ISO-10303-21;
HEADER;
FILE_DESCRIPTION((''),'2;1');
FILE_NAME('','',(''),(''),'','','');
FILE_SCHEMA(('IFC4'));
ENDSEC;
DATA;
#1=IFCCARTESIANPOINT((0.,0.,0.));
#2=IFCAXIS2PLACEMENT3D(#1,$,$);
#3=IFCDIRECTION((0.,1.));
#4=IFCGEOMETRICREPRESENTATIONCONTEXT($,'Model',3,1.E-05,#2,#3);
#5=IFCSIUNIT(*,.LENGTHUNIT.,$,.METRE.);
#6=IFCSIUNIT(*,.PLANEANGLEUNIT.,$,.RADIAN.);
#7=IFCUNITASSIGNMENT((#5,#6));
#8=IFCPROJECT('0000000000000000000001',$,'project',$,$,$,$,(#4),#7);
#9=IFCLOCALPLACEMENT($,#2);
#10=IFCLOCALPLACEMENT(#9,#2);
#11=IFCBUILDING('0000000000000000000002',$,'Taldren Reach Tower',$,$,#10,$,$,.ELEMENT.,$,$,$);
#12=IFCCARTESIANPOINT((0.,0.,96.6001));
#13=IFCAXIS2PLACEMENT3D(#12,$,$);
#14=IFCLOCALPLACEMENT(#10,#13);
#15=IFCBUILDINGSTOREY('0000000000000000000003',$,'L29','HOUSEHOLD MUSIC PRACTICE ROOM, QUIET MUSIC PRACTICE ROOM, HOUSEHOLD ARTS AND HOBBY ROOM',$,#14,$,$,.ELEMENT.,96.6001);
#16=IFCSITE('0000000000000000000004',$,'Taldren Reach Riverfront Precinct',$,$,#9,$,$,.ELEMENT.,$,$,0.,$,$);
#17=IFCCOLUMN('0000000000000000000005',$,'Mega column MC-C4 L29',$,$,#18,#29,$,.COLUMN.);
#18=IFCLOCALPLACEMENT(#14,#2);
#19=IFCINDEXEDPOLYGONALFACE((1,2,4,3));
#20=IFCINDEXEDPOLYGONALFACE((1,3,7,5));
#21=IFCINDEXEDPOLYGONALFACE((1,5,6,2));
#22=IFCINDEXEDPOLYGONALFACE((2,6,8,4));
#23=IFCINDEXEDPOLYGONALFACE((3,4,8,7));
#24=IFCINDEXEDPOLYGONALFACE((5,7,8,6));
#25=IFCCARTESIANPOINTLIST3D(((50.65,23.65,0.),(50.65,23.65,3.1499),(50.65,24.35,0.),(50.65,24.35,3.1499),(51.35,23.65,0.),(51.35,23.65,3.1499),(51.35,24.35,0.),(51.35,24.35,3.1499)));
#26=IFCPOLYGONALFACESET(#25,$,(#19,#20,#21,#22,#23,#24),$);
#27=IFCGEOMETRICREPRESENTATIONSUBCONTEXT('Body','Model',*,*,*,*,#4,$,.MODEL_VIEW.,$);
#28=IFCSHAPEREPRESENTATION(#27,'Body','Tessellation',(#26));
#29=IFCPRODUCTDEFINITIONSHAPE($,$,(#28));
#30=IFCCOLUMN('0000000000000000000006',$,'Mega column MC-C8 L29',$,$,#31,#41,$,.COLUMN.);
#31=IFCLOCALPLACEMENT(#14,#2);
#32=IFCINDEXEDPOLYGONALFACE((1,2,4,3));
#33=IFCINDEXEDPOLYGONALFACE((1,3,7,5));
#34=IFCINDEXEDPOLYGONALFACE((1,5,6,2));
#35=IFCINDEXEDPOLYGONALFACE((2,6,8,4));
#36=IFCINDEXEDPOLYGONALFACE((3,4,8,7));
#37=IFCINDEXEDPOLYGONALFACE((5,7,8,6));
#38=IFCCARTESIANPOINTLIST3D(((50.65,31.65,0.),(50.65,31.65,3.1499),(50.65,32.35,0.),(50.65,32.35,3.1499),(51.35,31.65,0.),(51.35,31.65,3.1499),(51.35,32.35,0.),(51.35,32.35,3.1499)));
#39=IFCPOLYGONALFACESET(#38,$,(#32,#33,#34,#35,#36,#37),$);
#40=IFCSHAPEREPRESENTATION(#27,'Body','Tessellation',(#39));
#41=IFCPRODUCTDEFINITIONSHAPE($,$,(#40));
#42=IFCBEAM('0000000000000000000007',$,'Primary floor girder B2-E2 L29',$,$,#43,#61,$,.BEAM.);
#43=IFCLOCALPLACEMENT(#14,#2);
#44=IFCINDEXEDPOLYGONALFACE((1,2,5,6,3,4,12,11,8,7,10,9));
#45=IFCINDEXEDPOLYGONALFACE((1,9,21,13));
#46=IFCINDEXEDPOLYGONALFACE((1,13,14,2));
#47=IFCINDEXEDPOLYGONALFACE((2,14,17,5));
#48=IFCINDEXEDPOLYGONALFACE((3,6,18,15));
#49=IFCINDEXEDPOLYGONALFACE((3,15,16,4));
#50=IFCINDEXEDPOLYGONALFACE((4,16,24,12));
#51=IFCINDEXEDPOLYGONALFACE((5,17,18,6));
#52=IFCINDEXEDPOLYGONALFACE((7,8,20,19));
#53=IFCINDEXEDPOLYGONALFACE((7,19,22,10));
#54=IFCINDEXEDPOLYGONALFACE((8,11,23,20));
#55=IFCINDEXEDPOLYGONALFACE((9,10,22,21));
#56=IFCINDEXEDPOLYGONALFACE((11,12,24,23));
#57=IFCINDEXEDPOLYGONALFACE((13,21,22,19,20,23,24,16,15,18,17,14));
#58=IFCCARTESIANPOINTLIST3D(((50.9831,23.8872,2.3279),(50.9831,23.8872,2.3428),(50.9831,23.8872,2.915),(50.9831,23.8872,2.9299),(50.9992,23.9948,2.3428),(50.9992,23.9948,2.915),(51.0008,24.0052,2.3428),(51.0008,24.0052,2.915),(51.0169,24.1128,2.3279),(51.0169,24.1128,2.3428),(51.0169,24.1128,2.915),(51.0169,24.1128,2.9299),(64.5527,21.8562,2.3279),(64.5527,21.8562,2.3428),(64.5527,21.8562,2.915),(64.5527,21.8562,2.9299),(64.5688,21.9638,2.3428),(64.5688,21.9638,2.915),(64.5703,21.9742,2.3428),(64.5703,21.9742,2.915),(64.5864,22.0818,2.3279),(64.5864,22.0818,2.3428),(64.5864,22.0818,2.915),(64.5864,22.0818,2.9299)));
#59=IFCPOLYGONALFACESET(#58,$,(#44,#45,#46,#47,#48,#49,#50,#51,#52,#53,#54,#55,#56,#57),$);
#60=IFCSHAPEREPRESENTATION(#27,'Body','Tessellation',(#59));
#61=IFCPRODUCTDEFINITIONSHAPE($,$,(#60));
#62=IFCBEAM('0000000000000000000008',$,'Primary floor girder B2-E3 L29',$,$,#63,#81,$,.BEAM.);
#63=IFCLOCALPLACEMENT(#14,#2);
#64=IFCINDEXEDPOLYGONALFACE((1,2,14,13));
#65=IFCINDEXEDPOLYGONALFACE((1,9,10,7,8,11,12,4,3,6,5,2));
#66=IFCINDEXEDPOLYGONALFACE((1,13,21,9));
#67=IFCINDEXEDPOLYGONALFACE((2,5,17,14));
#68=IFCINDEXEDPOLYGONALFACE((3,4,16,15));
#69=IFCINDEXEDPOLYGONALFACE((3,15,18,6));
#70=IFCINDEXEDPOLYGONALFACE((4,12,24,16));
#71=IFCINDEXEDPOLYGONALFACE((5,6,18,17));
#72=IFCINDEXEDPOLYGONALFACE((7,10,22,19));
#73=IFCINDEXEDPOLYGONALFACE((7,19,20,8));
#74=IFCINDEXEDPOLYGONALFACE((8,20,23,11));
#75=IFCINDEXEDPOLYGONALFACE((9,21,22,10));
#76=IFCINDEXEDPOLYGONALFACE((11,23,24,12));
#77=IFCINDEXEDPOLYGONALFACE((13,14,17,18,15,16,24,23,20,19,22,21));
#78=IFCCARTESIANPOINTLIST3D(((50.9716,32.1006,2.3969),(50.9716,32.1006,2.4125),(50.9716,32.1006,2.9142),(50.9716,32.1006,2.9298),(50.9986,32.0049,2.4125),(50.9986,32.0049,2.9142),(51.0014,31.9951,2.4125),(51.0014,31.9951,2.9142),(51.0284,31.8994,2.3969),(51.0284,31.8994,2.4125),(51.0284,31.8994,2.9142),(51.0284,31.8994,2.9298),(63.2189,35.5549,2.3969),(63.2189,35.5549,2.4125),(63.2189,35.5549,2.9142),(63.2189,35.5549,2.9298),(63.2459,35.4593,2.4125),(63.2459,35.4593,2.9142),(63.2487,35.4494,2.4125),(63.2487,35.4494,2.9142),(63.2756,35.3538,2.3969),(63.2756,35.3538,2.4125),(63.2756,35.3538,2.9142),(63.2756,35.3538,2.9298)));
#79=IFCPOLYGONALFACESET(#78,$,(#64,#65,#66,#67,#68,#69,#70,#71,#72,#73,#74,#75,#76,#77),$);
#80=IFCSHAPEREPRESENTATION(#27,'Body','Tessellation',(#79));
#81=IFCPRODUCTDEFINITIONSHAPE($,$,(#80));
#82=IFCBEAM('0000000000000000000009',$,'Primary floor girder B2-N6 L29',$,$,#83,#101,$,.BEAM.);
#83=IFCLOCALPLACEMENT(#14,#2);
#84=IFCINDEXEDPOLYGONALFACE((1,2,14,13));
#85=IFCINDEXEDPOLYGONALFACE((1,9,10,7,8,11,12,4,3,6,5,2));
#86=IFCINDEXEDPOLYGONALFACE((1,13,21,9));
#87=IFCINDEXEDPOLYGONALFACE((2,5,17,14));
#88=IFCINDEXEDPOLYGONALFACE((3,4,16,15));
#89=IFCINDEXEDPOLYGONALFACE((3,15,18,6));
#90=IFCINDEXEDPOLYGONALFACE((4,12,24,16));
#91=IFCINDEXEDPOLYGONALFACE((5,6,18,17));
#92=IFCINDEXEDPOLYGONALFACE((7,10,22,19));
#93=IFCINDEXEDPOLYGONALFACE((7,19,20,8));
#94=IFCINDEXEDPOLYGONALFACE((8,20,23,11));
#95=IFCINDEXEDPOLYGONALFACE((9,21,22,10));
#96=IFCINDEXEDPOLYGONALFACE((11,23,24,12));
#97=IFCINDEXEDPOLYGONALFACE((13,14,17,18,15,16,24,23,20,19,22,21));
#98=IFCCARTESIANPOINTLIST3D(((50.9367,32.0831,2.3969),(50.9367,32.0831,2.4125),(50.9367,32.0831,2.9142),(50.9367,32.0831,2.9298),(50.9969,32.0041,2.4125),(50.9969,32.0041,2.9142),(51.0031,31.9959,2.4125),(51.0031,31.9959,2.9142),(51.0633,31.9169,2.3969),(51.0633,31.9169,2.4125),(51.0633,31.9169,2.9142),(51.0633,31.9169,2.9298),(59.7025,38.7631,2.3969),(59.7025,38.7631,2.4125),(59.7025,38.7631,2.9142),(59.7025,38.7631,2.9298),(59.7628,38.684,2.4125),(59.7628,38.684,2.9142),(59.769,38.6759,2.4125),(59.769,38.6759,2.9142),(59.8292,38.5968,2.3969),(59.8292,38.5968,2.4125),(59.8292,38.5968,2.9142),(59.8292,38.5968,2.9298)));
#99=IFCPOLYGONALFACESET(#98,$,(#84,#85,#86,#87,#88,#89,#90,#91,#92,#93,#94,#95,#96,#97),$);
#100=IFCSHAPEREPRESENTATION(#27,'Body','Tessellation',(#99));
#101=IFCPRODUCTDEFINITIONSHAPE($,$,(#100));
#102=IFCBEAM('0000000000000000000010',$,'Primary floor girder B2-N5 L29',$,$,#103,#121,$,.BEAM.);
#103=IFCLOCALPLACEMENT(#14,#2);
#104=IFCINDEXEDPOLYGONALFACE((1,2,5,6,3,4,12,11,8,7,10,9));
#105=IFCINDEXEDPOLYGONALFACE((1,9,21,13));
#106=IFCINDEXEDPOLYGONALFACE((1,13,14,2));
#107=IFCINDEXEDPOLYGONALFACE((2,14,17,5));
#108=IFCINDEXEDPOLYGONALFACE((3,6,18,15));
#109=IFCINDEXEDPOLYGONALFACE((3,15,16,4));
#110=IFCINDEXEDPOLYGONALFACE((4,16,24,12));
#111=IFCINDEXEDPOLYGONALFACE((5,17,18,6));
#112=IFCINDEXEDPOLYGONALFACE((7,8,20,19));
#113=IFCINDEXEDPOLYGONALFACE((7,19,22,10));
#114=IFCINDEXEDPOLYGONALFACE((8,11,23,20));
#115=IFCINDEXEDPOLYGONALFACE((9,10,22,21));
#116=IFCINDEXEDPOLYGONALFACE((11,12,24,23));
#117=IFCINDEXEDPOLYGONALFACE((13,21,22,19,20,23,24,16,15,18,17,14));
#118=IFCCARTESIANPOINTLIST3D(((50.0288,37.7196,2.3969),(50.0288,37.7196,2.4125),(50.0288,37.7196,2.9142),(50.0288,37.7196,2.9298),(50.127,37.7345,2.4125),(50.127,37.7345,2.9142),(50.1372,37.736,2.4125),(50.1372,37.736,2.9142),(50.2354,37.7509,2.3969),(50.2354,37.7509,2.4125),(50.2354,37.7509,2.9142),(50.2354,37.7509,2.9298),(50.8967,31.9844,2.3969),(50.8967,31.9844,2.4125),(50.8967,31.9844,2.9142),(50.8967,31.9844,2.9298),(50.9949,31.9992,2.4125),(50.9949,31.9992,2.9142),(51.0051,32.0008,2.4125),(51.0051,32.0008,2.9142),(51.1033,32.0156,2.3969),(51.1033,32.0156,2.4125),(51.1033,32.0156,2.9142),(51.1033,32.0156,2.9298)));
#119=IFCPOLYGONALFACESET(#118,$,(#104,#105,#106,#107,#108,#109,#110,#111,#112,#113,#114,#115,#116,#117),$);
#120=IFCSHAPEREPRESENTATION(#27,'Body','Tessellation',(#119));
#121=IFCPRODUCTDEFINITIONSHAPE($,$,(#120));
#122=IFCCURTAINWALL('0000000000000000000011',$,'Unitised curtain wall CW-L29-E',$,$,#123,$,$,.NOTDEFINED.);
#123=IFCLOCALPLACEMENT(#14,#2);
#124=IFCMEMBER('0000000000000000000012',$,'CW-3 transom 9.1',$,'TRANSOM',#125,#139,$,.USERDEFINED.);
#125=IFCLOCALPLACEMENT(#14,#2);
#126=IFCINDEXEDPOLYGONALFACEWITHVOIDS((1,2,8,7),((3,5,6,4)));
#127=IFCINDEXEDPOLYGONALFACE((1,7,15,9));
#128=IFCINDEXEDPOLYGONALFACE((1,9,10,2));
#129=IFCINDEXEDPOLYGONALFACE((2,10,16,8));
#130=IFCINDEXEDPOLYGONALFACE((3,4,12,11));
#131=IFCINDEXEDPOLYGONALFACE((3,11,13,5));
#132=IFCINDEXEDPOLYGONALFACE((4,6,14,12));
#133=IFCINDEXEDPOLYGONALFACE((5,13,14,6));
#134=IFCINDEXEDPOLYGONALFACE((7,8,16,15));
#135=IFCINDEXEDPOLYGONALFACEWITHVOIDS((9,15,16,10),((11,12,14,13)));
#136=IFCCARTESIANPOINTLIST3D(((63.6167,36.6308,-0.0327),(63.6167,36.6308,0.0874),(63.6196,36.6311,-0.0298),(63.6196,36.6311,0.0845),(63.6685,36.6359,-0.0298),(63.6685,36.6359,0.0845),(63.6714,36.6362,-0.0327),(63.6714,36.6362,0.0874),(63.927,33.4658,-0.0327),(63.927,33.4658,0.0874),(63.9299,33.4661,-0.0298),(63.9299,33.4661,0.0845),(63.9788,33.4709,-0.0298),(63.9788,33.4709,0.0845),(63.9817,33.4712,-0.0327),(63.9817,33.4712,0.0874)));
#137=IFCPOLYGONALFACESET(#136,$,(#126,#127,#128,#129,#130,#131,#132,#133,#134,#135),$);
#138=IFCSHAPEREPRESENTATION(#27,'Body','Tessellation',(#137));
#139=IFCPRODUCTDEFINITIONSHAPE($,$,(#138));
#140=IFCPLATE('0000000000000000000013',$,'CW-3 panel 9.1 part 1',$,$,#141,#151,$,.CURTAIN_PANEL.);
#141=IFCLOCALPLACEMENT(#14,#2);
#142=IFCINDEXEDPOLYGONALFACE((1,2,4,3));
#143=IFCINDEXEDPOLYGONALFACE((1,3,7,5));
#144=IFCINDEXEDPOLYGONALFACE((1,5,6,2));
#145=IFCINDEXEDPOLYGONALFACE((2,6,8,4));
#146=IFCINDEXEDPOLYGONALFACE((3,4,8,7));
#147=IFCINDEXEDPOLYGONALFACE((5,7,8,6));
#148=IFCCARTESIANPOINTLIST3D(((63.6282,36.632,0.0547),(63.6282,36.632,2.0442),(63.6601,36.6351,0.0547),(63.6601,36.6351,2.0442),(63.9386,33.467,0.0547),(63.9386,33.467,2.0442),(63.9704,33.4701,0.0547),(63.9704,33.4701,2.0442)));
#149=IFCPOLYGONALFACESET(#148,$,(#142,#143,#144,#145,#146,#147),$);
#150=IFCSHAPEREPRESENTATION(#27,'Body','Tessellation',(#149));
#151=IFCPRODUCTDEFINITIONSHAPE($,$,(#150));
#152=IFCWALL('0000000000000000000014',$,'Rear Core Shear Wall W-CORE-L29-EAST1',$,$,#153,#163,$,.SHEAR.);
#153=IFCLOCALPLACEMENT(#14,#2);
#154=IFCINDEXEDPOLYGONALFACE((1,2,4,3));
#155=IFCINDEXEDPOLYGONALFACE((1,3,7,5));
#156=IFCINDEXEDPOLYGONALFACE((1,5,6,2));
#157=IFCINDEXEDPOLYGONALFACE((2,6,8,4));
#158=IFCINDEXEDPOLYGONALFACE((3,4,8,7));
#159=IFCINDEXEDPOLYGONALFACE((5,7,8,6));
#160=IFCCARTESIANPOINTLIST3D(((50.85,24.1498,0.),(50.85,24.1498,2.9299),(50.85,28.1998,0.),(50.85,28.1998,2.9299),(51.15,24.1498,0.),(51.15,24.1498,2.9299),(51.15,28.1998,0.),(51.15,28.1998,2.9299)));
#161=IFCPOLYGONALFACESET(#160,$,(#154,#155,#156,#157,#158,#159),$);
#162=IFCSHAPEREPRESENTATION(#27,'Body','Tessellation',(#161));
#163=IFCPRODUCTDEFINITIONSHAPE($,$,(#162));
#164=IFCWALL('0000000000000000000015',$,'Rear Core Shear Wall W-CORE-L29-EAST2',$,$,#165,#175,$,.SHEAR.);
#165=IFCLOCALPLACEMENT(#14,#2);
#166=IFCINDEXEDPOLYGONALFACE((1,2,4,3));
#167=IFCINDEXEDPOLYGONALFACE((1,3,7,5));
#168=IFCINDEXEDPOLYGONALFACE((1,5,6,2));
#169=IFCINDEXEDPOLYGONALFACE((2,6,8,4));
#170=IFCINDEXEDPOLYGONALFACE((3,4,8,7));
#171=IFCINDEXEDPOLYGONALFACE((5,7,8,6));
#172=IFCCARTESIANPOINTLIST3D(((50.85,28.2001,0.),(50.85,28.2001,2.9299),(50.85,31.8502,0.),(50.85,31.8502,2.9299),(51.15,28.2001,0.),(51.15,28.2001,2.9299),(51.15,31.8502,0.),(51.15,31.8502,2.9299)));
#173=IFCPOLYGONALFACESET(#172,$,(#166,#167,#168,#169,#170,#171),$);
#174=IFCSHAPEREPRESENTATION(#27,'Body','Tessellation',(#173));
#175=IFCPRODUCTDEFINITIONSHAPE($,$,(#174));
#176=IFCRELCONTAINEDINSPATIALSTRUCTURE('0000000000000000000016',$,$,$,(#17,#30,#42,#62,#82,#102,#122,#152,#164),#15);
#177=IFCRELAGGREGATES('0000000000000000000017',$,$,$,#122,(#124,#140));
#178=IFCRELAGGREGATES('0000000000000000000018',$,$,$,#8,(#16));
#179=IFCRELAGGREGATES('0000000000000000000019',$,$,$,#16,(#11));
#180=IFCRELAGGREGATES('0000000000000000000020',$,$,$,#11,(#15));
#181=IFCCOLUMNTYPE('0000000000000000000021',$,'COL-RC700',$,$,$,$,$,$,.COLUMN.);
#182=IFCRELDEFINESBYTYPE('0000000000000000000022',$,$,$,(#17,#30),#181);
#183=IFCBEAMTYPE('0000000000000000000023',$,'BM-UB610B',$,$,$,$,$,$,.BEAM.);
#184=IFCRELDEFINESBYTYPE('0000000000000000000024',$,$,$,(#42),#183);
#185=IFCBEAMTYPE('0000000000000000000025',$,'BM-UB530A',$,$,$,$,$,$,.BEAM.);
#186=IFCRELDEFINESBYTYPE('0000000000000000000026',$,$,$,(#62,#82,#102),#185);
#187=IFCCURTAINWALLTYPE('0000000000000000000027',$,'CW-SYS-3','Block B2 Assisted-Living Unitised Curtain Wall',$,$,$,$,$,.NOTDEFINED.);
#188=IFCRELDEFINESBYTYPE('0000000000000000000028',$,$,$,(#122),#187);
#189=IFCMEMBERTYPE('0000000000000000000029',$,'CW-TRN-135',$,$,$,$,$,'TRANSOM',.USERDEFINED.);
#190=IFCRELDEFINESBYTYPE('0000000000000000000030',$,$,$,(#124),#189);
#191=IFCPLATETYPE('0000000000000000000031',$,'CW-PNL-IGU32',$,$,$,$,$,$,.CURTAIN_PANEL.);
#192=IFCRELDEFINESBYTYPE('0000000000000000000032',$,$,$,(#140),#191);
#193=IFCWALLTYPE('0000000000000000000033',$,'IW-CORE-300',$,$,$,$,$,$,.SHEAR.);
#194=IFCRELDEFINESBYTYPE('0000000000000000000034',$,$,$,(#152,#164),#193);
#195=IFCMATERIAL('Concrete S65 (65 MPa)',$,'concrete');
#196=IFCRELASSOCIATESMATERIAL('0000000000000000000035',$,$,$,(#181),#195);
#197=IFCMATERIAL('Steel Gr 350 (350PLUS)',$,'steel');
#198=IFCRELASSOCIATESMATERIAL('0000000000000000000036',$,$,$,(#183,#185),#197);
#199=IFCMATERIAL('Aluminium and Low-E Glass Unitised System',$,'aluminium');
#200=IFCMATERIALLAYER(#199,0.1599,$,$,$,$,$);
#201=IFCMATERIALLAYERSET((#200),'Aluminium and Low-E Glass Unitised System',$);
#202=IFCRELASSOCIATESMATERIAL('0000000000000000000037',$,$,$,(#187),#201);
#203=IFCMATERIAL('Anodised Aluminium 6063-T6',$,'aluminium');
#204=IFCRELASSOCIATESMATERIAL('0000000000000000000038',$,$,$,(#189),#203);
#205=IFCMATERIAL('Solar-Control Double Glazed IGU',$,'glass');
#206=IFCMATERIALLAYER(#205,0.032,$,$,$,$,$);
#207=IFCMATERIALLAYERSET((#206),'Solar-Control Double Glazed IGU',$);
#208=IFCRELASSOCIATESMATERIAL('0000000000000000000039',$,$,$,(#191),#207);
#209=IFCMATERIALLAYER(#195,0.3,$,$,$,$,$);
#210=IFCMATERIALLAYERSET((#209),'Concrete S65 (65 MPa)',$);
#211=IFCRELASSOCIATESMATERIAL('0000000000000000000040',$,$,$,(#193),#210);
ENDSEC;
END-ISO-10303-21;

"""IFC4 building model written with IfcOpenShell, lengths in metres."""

from ifc_helpers import new_model, si_unit, direction, frame, frame_2d, origin, origin_2d, place, context, subcontext, project, spatial, rectangle, hollow_rectangle, i_section, extrude, source, transform, mapped, material, layer, layer_set, material_profile, profile_set, type_object, element, aggregate, save


model = new_model("IFC4")

# Units and contexts
model_context = context("Model", 3, precision=1e-05, world=origin(), true_north=direction((0.0, 1.0)))
body_context = subcontext(model_context, "Body", "Model", "MODEL_VIEW")
ifc_project = project(units=[si_unit("LENGTHUNIT", "METRE"), si_unit("PLANEANGLEUNIT", "RADIAN")], contexts=[model_context])

# Site, building, storey
site_placement = place(None, origin())
site = spatial("IfcSite", under=ifc_project, at=site_placement, Name="Taldren Reach Riverfront Precinct", CompositionType="ELEMENT", RefElevation=0.0)
building_placement = place(site_placement, origin())
building = spatial("IfcBuilding", under=site, at=building_placement, Name="Taldren Reach Tower", CompositionType="ELEMENT")
storey_placement = place(building_placement, frame((0.0, 0.0, 96.6001)))
storey = spatial("IfcBuildingStorey", under=building, at=storey_placement, Name="L29", Description="HOUSEHOLD MUSIC PRACTICE ROOM, QUIET MUSIC PRACTICE ROOM, HOUSEHOLD ARTS AND HOBBY ROOM", CompositionType="ELEMENT", Elevation=96.6001)

# Columns
ifc_material_1 = material(Name="Concrete S65 (65 MPa)", Category="concrete")
ifc_material_profile_1 = material_profile(ifc_material_1, rectangle(XDim=0.7, YDim=0.7, at=origin_2d()), Name="RC-700x700")
ifc_profile_set_1 = profile_set([ifc_material_profile_1], Name="Concrete S65 (65 MPa)")
column_type = type_object("IfcColumnType", Name="COL-RC700", PredefinedType="COLUMN", material=ifc_profile_set_1)
shared_shape_1 = source(origin(), body_context, "Body", "SweptSolid", [
    extrude(rectangle(XDim=0.7, YDim=0.7, at=origin_2d()), origin(), (0.0, 0.0, 1.0), 3.1499),
])
for number, where, z_axis, x_axis, name in (
    (1, (51.0, 24.0, 0.0), (0.0, 0.0, 1.0), (1.0, 0.0, 0.0), "Mega column MC-C4 L29"),
    (2, (51.0, 32.0, 0.0), (0.0, 0.0, 1.0), (1.0, 0.0, 0.0), "Mega column MC-C8 L29"),
):
    element("IfcColumn", number, at=place(storey_placement, frame(where, z_axis=z_axis, x_axis=x_axis)), inside=storey, type_object=column_type, Name=name, PredefinedType="COLUMN", context=body_context, shape_type="MappedRepresentation", body=[
        mapped(shared_shape_1, transform((0.0, 0.0, 0.0), scale=1.0)),
    ])

# Beams
ifc_material_2 = material(Name="Steel Gr 350 (350PLUS)", Category="steel")
ifc_material_profile_2 = material_profile(ifc_material_2, i_section(OverallWidth=0.228, OverallDepth=0.6021, WebThickness=0.0105, FlangeThickness=0.0149, at=origin_2d()), Name="610UB101")
ifc_profile_set_2 = profile_set([ifc_material_profile_2], Name="Steel Gr 350 (350PLUS)")
beam_type_1 = type_object("IfcBeamType", Name="BM-UB610B", PredefinedType="BEAM", material=ifc_profile_set_2)
shared_shape_2 = source(origin(), body_context, "Body", "SweptSolid", [
    extrude(i_section(OverallWidth=0.228, OverallDepth=0.6021, WebThickness=0.0105, FlangeThickness=0.0149, at=origin_2d()), origin(), (0.0, 0.0, 1.0), 13.7207),
])
beam_1_placement = place(storey_placement, frame((51.0, 24.0, 2.6289), z_axis=(0.988984, -0.148025, 0.0), x_axis=(0.148025, 0.988984, 0.0)))
element("IfcBeam", 3, at=beam_1_placement, inside=storey, type_object=beam_type_1, Name="Primary floor girder B2-E2 L29", PredefinedType="BEAM", context=body_context, shape_type="MappedRepresentation", body=[
    mapped(shared_shape_2, transform((0.0, 0.0, 0.0), scale=1.0)),
])
ifc_material_profile_3 = material_profile(ifc_material_2, i_section(OverallWidth=0.209, OverallDepth=0.533, WebThickness=0.0103, FlangeThickness=0.0156, at=origin_2d()), Name="530UB92.4")
ifc_profile_set_3 = profile_set([ifc_material_profile_3], Name="Steel Gr 350 (350PLUS)")
beam_type_2 = type_object("IfcBeamType", Name="BM-UB530A", PredefinedType="BEAM", material=ifc_profile_set_3)
shared_shape_3 = source(origin(), body_context, "Body", "SweptSolid", [
    extrude(i_section(OverallWidth=0.209, OverallDepth=0.533, WebThickness=0.0103, FlangeThickness=0.0156, at=origin_2d()), origin(), (0.0, 0.0, 1.0), 12.7251),
])
beam_2_placement = place(storey_placement, frame((51.0, 32.0, 2.6633), z_axis=(0.96245, 0.271458, 0.0), x_axis=(-0.271458, 0.96245, 0.0)))
element("IfcBeam", 4, at=beam_2_placement, inside=storey, type_object=beam_type_2, Name="Primary floor girder B2-E3 L29", PredefinedType="BEAM", context=body_context, shape_type="MappedRepresentation", body=[
    mapped(shared_shape_3, transform((0.0, 0.0, 0.0), scale=1.0)),
])
shared_shape_4 = source(origin(), body_context, "Body", "SweptSolid", [
    extrude(i_section(OverallWidth=0.209, OverallDepth=0.533, WebThickness=0.0103, FlangeThickness=0.0156, at=origin_2d()), origin(), (0.0, 0.0, 1.0), 11.021),
])
beam_3_placement = place(storey_placement, frame((51.0, 32.0, 2.6633), z_axis=(0.79538, 0.606111, 0.0), x_axis=(-0.606111, 0.79538, 0.0)))
element("IfcBeam", 5, at=beam_3_placement, inside=storey, type_object=beam_type_2, Name="Primary floor girder B2-N6 L29", PredefinedType="BEAM", context=body_context, shape_type="MappedRepresentation", body=[
    mapped(shared_shape_4, transform((0.0, 0.0, 0.0), scale=1.0)),
])
shared_shape_5 = source(origin(), body_context, "Body", "SweptSolid", [
    extrude(i_section(OverallWidth=0.209, OverallDepth=0.533, WebThickness=0.0103, FlangeThickness=0.0156, at=origin_2d()), origin(), (0.0, 0.0, 1.0), 5.8005),
])
beam_4_placement = place(storey_placement, frame((51.0, 32.0, 2.6633), z_axis=(-0.149625, 0.988743, 0.0), x_axis=(-0.988743, -0.149625, 0.0)))
element("IfcBeam", 6, at=beam_4_placement, inside=storey, type_object=beam_type_2, Name="Primary floor girder B2-N5 L29", PredefinedType="BEAM", context=body_context, shape_type="MappedRepresentation", body=[
    mapped(shared_shape_5, transform((0.0, 0.0, 0.0), scale=1.0)),
])

# Curtain wall, member, plate
ifc_material_3 = material(Name="Aluminium and Low-E Glass Unitised System", Category="aluminium")
ifc_layer_1 = layer(ifc_material_3, 0.1599)
ifc_layer_set_1 = layer_set([ifc_layer_1], Name="Aluminium and Low-E Glass Unitised System")
curtain_wall_type = type_object("IfcCurtainWallType", Name="CW-SYS-3", Description="Block B2 Assisted-Living Unitised Curtain Wall", PredefinedType="NOTDEFINED", material=ifc_layer_set_1)
curtain_wall_placement = place(storey_placement, origin())
curtain_wall = element("IfcCurtainWall", 7, at=curtain_wall_placement, inside=storey, type_object=curtain_wall_type, Name="Unitised curtain wall CW-L29-E", PredefinedType="NOTDEFINED")
ifc_material_4 = material(Name="Anodised Aluminium 6063-T6", Category="aluminium")
ifc_material_profile_4 = material_profile(ifc_material_4, hollow_rectangle(XDim=0.0549, YDim=0.1201, WallThickness=0.0029, at=origin_2d()), Name="ALU-120x55x3RHS")
ifc_profile_set_4 = profile_set([ifc_material_profile_4], Name="Anodised Aluminium 6063-T6")
member_type = type_object("IfcMemberType", Name="CW-TRN-135", ElementType="TRANSOM", PredefinedType="USERDEFINED", material=ifc_profile_set_4)
shared_shape_6 = source(origin(), body_context, "Body", "SweptSolid", [
    extrude(hollow_rectangle(XDim=0.0549, YDim=0.1201, WallThickness=0.0029, at=origin_2d()), origin(), (0.0, 0.0, 1.0), 3.1802),
])
member_placement = place(storey_placement, frame((63.9543, 33.4685, 0.0273), z_axis=(-0.097573, 0.995228, 0.0), x_axis=(-0.995228, -0.097573, 0.0)))
member = element("IfcMember", 8, at=member_placement, type_object=member_type, Name="CW-3 transom 9.1", ObjectType="TRANSOM", PredefinedType="USERDEFINED", context=body_context, shape_type="MappedRepresentation", body=[
    mapped(shared_shape_6, transform((0.0, 0.0, 0.0), scale=1.0)),
])
ifc_material_5 = material(Name="Solar-Control Double Glazed IGU", Category="glass")
ifc_layer_2 = layer(ifc_material_5, 0.032)
ifc_layer_set_2 = layer_set([ifc_layer_2], Name="Solar-Control Double Glazed IGU")
plate_type = type_object("IfcPlateType", Name="CW-PNL-IGU32", PredefinedType="CURTAIN_PANEL", material=ifc_layer_set_2)
shared_shape_7 = source(origin(), body_context, "Body", "SweptSolid", [
    extrude(rectangle(XDim=3.1802, YDim=0.032, at=origin_2d()), origin(), (0.0, 0.0, 1.0), 1.9895),
])
plate_placement = place(storey_placement, frame((63.7993, 35.051, 0.0547), z_axis=(0.0, 0.0, 1.0), x_axis=(-0.097583, 0.995227, 0.0)))
plate = element("IfcPlate", 9, at=plate_placement, type_object=plate_type, Name="CW-3 panel 9.1 part 1", PredefinedType="CURTAIN_PANEL", context=body_context, shape_type="MappedRepresentation", body=[
    mapped(shared_shape_7, transform((0.0, 0.0, 0.0), scale=1.0)),
])
aggregate(curtain_wall, [member, plate])

# Walls
ifc_layer_3 = layer(ifc_material_1, 0.3)
ifc_layer_set_3 = layer_set([ifc_layer_3], Name="Concrete S65 (65 MPa)")
wall_type_1 = type_object("IfcWallType", Name="IW-CORE-300", PredefinedType="SHEAR", material=ifc_layer_set_3)
shared_shape_8 = source(origin(), body_context, "Body", "SweptSolid", [
    extrude(rectangle(XDim=4.05, YDim=0.3, at=frame_2d((2.0249, 0.0))), origin(), (0.0, 0.0, 1.0), 2.9299),
])
wall_1_placement = place(storey_placement, frame((51.0, 24.1499, 0.0), z_axis=(0.0, 0.0, 1.0), x_axis=(0.0, 1.0, 0.0)))
element("IfcWall", 10, at=wall_1_placement, inside=storey, type_object=wall_type_1, Name="Rear Core Shear Wall W-CORE-L29-EAST1", PredefinedType="SHEAR", context=body_context, shape_type="MappedRepresentation", body=[
    mapped(shared_shape_8, transform((0.0, 0.0, 0.0), scale=1.0)),
])
shared_shape_9 = source(origin(), body_context, "Body", "SweptSolid", [
    extrude(rectangle(XDim=3.6501, YDim=0.3, at=frame_2d((1.8252, 0.0))), origin(), (0.0, 0.0, 1.0), 2.9299),
])
wall_2_placement = place(storey_placement, frame((51.0, 28.2, 0.0), z_axis=(0.0, 0.0, 1.0), x_axis=(0.0, 1.0, 0.0)))
element("IfcWall", 11, at=wall_2_placement, inside=storey, type_object=wall_type_1, Name="Rear Core Shear Wall W-CORE-L29-EAST2", PredefinedType="SHEAR", context=body_context, shape_type="MappedRepresentation", body=[
    mapped(shared_shape_9, transform((0.0, 0.0, 0.0), scale=1.0)),
])

save(model, "model.ifc")
